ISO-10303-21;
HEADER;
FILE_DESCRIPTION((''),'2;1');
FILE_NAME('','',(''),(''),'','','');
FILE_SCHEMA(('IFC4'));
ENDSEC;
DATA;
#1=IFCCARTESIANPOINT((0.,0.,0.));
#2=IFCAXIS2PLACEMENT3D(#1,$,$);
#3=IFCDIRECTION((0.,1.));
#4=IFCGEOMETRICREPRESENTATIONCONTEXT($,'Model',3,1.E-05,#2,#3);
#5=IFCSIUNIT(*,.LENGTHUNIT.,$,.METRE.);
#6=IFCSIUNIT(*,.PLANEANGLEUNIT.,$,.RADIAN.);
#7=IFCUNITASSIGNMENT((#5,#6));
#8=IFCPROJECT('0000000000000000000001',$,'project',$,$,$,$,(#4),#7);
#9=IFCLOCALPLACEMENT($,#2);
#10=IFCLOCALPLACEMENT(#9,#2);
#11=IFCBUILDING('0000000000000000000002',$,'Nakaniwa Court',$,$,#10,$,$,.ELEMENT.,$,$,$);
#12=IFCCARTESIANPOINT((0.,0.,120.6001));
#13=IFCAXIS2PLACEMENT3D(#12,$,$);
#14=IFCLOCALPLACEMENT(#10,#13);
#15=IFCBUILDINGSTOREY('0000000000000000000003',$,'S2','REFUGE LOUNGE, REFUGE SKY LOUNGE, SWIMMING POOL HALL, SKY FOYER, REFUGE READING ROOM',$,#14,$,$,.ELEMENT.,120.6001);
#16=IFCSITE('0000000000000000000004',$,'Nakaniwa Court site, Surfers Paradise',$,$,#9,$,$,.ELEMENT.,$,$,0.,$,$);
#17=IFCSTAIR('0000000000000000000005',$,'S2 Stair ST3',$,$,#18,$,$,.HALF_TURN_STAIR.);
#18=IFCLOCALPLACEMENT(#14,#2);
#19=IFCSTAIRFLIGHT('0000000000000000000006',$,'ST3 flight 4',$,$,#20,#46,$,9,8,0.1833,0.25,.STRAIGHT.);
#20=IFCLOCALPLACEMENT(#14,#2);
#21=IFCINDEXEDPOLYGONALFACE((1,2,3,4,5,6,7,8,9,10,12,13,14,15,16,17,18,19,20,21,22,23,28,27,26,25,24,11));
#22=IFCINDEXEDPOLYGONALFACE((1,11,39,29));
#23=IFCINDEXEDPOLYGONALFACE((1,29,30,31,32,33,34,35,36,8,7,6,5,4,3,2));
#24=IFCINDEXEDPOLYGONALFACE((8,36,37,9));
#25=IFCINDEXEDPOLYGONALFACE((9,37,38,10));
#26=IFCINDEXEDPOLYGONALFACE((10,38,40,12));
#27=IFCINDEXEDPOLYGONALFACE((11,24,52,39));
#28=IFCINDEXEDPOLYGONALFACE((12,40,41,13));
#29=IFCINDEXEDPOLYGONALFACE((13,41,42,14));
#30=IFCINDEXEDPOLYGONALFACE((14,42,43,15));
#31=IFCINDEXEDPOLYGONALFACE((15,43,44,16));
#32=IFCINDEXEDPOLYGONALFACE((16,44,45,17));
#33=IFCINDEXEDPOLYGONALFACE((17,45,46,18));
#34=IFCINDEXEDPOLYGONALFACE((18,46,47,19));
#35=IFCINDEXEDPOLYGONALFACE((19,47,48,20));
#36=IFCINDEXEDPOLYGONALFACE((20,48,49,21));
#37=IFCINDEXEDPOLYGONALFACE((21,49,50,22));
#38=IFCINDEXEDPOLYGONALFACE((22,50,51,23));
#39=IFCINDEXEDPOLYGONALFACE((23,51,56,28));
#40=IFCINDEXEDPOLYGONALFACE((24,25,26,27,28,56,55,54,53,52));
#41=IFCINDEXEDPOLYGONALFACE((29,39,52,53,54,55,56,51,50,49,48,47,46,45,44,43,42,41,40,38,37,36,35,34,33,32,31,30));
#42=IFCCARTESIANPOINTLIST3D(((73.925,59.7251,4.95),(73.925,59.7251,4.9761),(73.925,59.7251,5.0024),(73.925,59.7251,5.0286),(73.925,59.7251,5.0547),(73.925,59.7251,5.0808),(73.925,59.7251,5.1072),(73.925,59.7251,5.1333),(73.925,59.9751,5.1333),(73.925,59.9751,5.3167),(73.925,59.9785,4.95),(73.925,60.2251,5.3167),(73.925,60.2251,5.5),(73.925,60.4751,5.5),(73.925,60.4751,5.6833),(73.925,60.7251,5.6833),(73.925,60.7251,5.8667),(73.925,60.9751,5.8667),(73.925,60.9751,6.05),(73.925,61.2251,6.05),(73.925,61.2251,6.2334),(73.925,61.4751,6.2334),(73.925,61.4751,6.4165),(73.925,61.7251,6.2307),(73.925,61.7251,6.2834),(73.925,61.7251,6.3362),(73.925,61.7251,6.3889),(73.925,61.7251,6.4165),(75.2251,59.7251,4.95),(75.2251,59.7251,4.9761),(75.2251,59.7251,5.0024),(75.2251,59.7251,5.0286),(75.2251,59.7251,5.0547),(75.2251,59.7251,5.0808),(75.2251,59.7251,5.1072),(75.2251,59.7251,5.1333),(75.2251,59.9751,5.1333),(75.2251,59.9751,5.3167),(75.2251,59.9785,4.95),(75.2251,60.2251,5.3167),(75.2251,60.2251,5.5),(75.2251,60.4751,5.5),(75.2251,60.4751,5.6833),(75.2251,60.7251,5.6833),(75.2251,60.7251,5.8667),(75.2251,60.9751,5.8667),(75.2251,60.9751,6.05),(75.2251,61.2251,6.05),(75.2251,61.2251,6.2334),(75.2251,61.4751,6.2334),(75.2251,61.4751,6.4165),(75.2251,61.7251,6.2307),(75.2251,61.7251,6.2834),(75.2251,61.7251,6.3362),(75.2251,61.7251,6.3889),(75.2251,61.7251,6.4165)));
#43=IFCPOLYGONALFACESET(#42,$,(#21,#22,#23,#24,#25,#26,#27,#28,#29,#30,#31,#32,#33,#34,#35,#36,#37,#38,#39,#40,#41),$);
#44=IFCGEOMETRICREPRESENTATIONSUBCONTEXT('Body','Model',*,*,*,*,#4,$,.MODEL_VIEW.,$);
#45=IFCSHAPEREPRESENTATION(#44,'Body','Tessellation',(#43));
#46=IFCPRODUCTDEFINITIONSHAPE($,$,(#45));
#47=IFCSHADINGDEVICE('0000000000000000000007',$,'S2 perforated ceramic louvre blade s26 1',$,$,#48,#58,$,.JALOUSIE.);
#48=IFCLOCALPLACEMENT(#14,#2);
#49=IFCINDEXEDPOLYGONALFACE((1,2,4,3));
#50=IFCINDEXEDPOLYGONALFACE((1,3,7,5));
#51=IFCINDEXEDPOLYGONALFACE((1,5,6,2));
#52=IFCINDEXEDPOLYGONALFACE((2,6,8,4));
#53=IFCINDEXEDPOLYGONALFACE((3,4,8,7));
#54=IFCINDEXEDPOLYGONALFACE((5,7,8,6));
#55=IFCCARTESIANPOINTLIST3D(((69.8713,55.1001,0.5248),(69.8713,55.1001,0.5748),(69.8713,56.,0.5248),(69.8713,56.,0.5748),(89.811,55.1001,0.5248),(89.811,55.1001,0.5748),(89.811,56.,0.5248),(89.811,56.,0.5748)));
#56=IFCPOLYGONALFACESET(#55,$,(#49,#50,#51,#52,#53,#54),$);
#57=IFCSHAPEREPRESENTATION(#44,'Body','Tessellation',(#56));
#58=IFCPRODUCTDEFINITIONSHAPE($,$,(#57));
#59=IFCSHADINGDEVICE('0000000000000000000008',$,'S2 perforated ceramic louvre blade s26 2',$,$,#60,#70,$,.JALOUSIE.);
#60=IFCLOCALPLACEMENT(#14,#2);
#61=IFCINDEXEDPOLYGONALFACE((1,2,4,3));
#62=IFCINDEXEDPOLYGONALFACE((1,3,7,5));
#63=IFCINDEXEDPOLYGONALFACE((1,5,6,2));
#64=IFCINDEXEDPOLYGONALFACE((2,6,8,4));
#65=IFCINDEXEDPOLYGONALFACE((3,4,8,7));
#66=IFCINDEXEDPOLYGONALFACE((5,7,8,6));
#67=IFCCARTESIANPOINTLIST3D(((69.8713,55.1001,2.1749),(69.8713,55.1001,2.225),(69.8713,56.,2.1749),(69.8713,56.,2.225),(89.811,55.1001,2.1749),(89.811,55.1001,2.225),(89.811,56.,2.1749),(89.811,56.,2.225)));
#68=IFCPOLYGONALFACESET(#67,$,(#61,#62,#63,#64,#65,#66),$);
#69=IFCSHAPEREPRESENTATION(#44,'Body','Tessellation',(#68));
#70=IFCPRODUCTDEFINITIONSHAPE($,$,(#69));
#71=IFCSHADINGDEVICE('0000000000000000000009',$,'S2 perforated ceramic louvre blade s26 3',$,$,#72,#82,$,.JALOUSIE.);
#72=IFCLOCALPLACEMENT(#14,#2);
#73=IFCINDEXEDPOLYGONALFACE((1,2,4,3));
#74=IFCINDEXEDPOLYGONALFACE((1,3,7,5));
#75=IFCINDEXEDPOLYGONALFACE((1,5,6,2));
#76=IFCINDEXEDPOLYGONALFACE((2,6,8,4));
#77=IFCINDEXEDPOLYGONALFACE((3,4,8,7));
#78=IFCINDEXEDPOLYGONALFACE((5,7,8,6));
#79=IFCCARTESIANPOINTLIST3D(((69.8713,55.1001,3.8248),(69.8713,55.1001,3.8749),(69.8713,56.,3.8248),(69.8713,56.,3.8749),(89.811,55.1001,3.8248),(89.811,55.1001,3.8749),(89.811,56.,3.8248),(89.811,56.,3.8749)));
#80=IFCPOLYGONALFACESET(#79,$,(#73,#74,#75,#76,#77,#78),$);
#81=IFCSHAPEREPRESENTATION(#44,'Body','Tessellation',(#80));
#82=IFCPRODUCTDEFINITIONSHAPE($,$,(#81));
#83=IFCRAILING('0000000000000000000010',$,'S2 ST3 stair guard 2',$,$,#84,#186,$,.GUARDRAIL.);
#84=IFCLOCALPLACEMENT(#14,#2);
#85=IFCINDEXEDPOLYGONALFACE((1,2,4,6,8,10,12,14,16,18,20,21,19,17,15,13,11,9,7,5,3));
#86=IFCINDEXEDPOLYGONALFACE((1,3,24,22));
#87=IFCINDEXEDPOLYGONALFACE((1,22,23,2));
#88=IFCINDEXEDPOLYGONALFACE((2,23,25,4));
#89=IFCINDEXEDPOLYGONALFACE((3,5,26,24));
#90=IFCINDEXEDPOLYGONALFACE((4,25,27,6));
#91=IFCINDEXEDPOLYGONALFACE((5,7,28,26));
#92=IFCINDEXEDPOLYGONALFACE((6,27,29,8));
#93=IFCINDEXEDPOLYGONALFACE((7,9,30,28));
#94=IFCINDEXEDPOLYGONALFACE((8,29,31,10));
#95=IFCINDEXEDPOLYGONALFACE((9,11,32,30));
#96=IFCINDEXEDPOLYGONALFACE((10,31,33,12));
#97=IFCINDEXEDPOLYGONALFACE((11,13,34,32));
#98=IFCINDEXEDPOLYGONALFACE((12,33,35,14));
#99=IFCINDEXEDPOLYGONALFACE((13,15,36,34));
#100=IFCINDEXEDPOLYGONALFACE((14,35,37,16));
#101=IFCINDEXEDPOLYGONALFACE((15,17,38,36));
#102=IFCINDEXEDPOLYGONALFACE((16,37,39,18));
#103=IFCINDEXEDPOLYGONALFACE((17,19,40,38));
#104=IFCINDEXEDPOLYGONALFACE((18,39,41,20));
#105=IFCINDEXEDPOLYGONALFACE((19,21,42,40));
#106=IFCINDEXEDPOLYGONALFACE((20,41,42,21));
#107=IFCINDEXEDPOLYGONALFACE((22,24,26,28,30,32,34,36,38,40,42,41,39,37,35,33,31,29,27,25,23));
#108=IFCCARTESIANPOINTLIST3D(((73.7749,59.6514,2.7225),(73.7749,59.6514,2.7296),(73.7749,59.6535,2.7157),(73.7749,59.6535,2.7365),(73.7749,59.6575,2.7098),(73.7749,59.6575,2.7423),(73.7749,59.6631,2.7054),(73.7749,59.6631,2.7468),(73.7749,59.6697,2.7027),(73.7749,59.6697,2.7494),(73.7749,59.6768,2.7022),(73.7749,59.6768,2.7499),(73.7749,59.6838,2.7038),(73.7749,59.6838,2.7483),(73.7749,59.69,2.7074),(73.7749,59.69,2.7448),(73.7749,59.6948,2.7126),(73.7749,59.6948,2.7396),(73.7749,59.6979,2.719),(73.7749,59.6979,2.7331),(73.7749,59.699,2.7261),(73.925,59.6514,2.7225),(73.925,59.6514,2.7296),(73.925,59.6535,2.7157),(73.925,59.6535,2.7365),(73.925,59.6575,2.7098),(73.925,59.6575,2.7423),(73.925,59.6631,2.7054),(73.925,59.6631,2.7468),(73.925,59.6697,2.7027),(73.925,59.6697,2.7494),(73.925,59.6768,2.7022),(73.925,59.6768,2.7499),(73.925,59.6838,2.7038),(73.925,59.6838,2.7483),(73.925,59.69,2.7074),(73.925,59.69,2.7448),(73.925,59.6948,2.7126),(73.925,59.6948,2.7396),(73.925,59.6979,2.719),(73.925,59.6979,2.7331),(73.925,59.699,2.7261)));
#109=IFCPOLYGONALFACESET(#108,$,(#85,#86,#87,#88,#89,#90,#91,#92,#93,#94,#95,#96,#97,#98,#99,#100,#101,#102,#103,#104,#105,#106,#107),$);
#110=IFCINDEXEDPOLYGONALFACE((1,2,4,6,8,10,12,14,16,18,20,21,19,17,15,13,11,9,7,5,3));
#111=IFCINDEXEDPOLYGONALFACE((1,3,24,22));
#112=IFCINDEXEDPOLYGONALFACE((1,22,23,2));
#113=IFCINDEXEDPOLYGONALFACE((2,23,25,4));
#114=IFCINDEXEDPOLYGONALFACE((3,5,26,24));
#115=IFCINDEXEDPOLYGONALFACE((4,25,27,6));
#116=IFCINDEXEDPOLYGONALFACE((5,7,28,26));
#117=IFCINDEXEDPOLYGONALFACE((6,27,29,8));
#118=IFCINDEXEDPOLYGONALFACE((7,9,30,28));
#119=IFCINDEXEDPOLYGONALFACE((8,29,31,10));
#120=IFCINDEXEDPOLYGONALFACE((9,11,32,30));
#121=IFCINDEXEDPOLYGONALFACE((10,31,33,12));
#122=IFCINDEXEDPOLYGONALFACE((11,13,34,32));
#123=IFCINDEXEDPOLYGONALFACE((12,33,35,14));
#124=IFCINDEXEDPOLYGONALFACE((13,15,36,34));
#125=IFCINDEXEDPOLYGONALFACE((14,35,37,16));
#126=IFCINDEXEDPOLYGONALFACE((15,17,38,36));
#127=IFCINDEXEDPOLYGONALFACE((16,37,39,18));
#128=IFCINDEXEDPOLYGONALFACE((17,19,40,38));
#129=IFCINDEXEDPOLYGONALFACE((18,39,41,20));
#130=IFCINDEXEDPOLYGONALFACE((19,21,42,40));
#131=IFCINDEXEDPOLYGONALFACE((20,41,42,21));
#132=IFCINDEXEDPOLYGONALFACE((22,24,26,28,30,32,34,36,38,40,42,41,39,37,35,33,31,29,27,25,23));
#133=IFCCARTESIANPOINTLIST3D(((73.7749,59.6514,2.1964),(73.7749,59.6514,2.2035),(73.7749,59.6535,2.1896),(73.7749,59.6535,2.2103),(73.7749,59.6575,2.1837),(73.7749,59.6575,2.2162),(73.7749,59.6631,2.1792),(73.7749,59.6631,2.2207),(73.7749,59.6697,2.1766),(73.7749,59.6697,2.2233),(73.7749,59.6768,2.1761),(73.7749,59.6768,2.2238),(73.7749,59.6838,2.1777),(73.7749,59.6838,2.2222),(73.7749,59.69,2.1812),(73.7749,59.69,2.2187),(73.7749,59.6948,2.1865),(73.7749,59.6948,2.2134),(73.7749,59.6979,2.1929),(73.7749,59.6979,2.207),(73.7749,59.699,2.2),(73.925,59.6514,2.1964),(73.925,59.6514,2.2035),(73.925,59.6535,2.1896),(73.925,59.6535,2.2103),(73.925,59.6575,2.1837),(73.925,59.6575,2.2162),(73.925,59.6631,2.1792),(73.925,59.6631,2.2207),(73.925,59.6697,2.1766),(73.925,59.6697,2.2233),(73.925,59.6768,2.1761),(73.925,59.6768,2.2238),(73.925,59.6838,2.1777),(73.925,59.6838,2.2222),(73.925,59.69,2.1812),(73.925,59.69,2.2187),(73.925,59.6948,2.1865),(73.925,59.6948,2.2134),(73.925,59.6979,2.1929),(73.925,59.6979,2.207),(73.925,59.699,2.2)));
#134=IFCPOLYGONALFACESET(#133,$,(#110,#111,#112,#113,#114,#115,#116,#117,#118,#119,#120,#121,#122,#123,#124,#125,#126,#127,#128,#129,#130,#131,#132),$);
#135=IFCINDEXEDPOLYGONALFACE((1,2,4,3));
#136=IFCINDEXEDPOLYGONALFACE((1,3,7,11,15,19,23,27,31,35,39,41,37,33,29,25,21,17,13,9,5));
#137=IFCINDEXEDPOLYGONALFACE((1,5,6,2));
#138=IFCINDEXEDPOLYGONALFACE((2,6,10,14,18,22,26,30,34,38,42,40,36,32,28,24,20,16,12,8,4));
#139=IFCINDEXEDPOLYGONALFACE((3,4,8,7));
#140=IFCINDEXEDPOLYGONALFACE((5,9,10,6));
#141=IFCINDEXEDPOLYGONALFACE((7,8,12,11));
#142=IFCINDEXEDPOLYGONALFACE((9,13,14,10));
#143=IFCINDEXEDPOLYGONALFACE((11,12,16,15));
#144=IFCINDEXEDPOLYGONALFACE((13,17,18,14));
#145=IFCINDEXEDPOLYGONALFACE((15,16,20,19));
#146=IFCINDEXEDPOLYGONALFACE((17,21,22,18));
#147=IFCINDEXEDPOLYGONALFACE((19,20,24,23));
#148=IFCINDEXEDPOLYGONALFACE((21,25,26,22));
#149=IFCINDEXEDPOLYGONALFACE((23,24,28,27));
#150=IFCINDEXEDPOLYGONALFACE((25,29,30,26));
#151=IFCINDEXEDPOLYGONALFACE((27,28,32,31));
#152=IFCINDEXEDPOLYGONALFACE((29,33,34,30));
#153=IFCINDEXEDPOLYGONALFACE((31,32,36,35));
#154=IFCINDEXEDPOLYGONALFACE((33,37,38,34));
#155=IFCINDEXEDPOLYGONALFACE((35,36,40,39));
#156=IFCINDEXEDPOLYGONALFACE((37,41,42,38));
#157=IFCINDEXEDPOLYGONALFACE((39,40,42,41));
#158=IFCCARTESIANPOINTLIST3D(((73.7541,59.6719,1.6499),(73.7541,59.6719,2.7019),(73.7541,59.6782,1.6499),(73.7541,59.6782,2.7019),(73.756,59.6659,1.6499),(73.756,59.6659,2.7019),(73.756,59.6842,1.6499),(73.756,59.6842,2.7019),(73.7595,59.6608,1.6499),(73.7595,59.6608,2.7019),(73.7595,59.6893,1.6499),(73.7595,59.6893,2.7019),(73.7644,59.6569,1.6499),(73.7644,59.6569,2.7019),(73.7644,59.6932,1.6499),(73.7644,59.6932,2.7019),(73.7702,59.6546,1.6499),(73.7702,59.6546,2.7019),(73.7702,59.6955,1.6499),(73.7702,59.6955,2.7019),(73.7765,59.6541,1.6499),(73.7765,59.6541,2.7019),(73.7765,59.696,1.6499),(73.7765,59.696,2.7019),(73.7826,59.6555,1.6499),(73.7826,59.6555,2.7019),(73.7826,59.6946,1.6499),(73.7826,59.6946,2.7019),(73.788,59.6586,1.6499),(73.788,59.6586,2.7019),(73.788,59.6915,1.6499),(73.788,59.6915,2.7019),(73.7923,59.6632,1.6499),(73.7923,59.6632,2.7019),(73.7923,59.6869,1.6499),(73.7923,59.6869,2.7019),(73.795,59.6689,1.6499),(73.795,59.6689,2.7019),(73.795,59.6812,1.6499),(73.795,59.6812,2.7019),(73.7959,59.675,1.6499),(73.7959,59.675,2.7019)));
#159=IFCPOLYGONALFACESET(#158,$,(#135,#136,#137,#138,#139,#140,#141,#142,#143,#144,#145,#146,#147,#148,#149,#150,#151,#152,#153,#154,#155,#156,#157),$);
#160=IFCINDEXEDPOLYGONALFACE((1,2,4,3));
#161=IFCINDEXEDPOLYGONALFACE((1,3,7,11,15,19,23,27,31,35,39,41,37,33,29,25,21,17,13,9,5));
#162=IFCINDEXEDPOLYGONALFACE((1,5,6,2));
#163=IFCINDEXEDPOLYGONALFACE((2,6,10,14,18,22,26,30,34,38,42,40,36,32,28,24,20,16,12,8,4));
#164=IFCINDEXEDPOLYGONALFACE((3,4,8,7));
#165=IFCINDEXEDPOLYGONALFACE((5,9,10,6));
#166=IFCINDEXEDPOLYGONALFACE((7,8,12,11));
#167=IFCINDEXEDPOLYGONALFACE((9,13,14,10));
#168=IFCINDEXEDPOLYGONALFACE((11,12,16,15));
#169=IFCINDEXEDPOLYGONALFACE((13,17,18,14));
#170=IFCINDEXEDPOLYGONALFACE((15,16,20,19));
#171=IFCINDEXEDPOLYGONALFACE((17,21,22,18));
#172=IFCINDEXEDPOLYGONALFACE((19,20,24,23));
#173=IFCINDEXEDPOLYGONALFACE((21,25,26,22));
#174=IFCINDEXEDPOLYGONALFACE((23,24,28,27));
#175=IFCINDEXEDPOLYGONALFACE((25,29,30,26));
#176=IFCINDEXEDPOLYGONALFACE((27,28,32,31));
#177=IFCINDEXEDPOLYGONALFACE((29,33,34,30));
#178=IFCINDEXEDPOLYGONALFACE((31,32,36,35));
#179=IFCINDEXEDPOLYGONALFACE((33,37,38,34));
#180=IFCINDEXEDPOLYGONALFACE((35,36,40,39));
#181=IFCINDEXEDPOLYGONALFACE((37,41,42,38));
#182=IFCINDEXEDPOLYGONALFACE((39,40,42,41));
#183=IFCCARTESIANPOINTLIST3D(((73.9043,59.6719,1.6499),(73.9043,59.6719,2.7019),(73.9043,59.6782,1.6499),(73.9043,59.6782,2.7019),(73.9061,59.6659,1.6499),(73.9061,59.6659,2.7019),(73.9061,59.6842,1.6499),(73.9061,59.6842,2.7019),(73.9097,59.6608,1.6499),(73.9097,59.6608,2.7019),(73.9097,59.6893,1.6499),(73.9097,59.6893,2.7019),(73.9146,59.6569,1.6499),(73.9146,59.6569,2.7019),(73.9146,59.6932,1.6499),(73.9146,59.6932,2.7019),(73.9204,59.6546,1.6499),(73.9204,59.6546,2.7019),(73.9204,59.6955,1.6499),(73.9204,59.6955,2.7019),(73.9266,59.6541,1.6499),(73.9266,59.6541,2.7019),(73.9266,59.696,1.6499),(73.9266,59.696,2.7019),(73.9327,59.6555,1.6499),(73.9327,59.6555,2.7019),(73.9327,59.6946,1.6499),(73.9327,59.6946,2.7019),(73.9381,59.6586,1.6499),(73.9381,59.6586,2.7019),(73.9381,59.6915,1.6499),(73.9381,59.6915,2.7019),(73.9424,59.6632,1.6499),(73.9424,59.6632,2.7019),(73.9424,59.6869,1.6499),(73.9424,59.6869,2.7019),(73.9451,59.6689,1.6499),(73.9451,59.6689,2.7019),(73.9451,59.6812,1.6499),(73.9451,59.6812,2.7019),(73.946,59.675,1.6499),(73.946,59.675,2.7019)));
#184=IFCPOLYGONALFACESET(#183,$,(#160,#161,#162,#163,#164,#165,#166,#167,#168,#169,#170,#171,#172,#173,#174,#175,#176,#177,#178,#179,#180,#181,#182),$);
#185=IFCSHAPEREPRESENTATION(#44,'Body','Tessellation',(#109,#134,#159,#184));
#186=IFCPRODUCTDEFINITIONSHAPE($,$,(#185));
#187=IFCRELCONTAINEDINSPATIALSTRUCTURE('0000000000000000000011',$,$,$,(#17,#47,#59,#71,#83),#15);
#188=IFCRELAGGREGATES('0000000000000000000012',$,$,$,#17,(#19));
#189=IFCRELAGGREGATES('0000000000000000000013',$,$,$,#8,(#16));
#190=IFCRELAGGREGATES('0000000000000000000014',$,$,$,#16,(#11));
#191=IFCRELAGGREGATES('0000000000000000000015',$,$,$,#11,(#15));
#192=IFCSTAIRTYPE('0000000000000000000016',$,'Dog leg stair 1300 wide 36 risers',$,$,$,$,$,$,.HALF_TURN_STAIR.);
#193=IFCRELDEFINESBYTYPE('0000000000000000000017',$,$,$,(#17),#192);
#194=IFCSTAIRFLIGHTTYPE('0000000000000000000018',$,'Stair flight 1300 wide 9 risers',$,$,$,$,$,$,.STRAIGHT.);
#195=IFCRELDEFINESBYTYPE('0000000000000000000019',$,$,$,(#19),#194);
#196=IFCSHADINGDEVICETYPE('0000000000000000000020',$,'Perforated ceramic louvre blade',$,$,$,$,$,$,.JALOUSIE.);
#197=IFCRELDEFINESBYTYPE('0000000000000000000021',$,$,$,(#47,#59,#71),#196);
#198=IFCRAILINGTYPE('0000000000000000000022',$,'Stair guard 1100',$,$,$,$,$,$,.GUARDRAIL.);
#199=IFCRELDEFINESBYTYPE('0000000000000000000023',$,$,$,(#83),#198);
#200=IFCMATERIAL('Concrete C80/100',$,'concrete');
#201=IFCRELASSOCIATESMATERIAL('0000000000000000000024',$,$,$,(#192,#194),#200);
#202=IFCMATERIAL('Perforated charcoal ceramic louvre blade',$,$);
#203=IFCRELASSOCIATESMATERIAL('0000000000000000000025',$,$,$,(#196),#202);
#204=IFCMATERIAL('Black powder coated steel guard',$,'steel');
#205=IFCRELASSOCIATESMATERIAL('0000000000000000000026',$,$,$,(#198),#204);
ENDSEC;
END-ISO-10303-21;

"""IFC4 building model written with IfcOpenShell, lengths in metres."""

from ifc_helpers import new_model, si_unit, direction, frame, origin, origin_2d, place, context, subcontext, project, spatial, polyline, rectangle, circle, outline, extrude, material, material_profile, profile_set, type_object, element, aggregate, save


model = new_model("IFC4")

# Units and contexts
model_context = context("Model", 3, precision=1e-05, world=origin(), true_north=direction((0.0, 1.0)))
body_context = subcontext(model_context, "Body", "Model", "MODEL_VIEW")
ifc_project = project(units=[si_unit("LENGTHUNIT", "METRE"), si_unit("PLANEANGLEUNIT", "RADIAN")], contexts=[model_context])

# Site, building, storey
site_placement = place(None, origin())
site = spatial("IfcSite", under=ifc_project, at=site_placement, Name="Nakaniwa Court site, Surfers Paradise", CompositionType="ELEMENT", RefElevation=0.0)
building_placement = place(site_placement, origin())
building = spatial("IfcBuilding", under=site, at=building_placement, Name="Nakaniwa Court", CompositionType="ELEMENT")
storey_placement = place(building_placement, frame((0.0, 0.0, 120.6001)))
storey = spatial("IfcBuildingStorey", under=building, at=storey_placement, Name="S2", Description="REFUGE LOUNGE, REFUGE SKY LOUNGE, SWIMMING POOL HALL, SKY FOYER, REFUGE READING ROOM", CompositionType="ELEMENT", Elevation=120.6001)

# Shared definitions
ifc_material_1 = material(Name="Concrete C80/100", Category="concrete")

# Stair, stair flight
stair_type = type_object("IfcStairType", Name="Dog leg stair 1300 wide 36 risers", PredefinedType="HALF_TURN_STAIR", material=ifc_material_1)
stair_placement = place(storey_placement, origin())
stair = element("IfcStair", 1, at=stair_placement, inside=storey, type_object=stair_type, Name="S2 Stair ST3", PredefinedType="HALF_TURN_STAIR")
stair_flight_type = type_object("IfcStairFlightType", Name="Stair flight 1300 wide 9 risers", PredefinedType="STRAIGHT", material=ifc_material_1)
stair_flight_1_placement = place(storey_placement, frame((74.575, 59.7251, 4.95), z_axis=(0.0, 0.0, 1.0), x_axis=(0.0, 1.0, 0.0)))
stair_flight_1 = element("IfcStairFlight", 2, at=stair_flight_1_placement, type_object=stair_flight_type, Name="ST3 flight 4", NumberOfRisers=9, NumberOfTreads=8, PredefinedType="STRAIGHT", RiserHeight=0.1833, TreadLength=0.25, context=body_context, shape_type="SweptSolid", body=[
    extrude(outline(polyline([(0.0, 0.0), (0.0, 0.0261), (0.0, 0.0525), (0.0, 0.0786), (0.0, 0.1047), (0.0, 0.1309), (0.0, 0.1572), (0.0, 0.1833), (0.25, 0.1833), (0.25, 0.3667), (0.5, 0.3667), (0.5, 0.55), (0.75, 0.55), (0.75, 0.7334), (1.0, 0.7334), (1.0, 0.9167), (1.25, 0.9167), (1.25, 1.1001), (1.5, 1.1001), (1.5, 1.2834), (1.75, 1.2834), (1.75, 1.4666), (2.0, 1.4666), (2.0, 1.6499), (2.0, 1.5972), (2.0, 1.5444), (2.0, 1.4917), (2.0, 1.439), (2.0, 1.3862), (2.0, 1.3335), (2.0, 1.2808), (0.2534, 0.0), (0.0, 0.0)])), frame((0.0, 0.6499, 0.0), z_axis=(0.0, -1.0, 0.0), x_axis=(1.0, 0.0, 0.0)), (0.0, 0.0, 1.0), 1.3),
])
aggregate(stair, [stair_flight_1])

# Shading devices
ifc_material_2 = material(Name="Perforated charcoal ceramic louvre blade")
ifc_material_profile_1 = material_profile(ifc_material_2, rectangle(XDim=0.8999, YDim=0.05, at=origin_2d()), Name="Perforated ceramic louvre blade")
ifc_profile_set_1 = profile_set([ifc_material_profile_1], Name="Perforated charcoal ceramic louvre blade")
shading_device_type = type_object("IfcShadingDeviceType", Name="Perforated ceramic louvre blade", PredefinedType="JALOUSIE", material=ifc_profile_set_1)
for number, where, z_axis, x_axis, name in (
    (3, (69.8713, 55.55, 0.5498), (1.0, 0.0, 0.0), (0.0, 1.0, 0.0), "S2 perforated ceramic louvre blade s26 1"),
    (4, (69.8713, 55.55, 2.2), (1.0, 0.0, 0.0), (0.0, 1.0, 0.0), "S2 perforated ceramic louvre blade s26 2"),
    (5, (69.8713, 55.55, 3.8499), (1.0, 0.0, 0.0), (0.0, 1.0, 0.0), "S2 perforated ceramic louvre blade s26 3"),
):
    element("IfcShadingDevice", number, at=place(storey_placement, frame(where, z_axis=z_axis, x_axis=x_axis)), inside=storey, type_object=shading_device_type, Name=name, PredefinedType="JALOUSIE", context=body_context, shape_type="SweptSolid", body=[
        extrude(rectangle(XDim=0.8999, YDim=0.05, at=origin_2d()), origin(), (0.0, 0.0, 1.0), 19.9397),
    ])

# Railing
ifc_material_3 = material(Name="Black powder coated steel guard", Category="steel")
railing_type_1 = type_object("IfcRailingType", Name="Stair guard 1100", PredefinedType="GUARDRAIL", material=ifc_material_3)
railing_1_placement = place(storey_placement, frame((73.7749, 59.675, 1.6499)))
element("IfcRailing", 6, at=railing_1_placement, inside=storey, type_object=railing_type_1, Name="S2 ST3 stair guard 2", PredefinedType="GUARDRAIL", context=body_context, shape_type="SweptSolid", body=[
    extrude(circle(Radius=0.0239, at=origin_2d()), frame((0.0, 0.0, 1.0762), z_axis=(1.0, 0.0, 0.0), x_axis=(0.0, 1.0, 0.0)), (0.0, 0.0, 1.0), 0.1501),
    extrude(circle(Radius=0.0239, at=origin_2d()), frame((0.0, 0.0, 0.55), z_axis=(1.0, 0.0, 0.0), x_axis=(0.0, 1.0, 0.0)), (0.0, 0.0, 1.0), 0.1501),
    extrude(circle(Radius=0.021, at=origin_2d()), origin(), (0.0, 0.0, 1.0), 1.052),
    extrude(circle(Radius=0.021, at=origin_2d()), frame((0.1501, 0.0, 0.0)), (0.0, 0.0, 1.0), 1.052),
])

save(model, "model.ifc")
